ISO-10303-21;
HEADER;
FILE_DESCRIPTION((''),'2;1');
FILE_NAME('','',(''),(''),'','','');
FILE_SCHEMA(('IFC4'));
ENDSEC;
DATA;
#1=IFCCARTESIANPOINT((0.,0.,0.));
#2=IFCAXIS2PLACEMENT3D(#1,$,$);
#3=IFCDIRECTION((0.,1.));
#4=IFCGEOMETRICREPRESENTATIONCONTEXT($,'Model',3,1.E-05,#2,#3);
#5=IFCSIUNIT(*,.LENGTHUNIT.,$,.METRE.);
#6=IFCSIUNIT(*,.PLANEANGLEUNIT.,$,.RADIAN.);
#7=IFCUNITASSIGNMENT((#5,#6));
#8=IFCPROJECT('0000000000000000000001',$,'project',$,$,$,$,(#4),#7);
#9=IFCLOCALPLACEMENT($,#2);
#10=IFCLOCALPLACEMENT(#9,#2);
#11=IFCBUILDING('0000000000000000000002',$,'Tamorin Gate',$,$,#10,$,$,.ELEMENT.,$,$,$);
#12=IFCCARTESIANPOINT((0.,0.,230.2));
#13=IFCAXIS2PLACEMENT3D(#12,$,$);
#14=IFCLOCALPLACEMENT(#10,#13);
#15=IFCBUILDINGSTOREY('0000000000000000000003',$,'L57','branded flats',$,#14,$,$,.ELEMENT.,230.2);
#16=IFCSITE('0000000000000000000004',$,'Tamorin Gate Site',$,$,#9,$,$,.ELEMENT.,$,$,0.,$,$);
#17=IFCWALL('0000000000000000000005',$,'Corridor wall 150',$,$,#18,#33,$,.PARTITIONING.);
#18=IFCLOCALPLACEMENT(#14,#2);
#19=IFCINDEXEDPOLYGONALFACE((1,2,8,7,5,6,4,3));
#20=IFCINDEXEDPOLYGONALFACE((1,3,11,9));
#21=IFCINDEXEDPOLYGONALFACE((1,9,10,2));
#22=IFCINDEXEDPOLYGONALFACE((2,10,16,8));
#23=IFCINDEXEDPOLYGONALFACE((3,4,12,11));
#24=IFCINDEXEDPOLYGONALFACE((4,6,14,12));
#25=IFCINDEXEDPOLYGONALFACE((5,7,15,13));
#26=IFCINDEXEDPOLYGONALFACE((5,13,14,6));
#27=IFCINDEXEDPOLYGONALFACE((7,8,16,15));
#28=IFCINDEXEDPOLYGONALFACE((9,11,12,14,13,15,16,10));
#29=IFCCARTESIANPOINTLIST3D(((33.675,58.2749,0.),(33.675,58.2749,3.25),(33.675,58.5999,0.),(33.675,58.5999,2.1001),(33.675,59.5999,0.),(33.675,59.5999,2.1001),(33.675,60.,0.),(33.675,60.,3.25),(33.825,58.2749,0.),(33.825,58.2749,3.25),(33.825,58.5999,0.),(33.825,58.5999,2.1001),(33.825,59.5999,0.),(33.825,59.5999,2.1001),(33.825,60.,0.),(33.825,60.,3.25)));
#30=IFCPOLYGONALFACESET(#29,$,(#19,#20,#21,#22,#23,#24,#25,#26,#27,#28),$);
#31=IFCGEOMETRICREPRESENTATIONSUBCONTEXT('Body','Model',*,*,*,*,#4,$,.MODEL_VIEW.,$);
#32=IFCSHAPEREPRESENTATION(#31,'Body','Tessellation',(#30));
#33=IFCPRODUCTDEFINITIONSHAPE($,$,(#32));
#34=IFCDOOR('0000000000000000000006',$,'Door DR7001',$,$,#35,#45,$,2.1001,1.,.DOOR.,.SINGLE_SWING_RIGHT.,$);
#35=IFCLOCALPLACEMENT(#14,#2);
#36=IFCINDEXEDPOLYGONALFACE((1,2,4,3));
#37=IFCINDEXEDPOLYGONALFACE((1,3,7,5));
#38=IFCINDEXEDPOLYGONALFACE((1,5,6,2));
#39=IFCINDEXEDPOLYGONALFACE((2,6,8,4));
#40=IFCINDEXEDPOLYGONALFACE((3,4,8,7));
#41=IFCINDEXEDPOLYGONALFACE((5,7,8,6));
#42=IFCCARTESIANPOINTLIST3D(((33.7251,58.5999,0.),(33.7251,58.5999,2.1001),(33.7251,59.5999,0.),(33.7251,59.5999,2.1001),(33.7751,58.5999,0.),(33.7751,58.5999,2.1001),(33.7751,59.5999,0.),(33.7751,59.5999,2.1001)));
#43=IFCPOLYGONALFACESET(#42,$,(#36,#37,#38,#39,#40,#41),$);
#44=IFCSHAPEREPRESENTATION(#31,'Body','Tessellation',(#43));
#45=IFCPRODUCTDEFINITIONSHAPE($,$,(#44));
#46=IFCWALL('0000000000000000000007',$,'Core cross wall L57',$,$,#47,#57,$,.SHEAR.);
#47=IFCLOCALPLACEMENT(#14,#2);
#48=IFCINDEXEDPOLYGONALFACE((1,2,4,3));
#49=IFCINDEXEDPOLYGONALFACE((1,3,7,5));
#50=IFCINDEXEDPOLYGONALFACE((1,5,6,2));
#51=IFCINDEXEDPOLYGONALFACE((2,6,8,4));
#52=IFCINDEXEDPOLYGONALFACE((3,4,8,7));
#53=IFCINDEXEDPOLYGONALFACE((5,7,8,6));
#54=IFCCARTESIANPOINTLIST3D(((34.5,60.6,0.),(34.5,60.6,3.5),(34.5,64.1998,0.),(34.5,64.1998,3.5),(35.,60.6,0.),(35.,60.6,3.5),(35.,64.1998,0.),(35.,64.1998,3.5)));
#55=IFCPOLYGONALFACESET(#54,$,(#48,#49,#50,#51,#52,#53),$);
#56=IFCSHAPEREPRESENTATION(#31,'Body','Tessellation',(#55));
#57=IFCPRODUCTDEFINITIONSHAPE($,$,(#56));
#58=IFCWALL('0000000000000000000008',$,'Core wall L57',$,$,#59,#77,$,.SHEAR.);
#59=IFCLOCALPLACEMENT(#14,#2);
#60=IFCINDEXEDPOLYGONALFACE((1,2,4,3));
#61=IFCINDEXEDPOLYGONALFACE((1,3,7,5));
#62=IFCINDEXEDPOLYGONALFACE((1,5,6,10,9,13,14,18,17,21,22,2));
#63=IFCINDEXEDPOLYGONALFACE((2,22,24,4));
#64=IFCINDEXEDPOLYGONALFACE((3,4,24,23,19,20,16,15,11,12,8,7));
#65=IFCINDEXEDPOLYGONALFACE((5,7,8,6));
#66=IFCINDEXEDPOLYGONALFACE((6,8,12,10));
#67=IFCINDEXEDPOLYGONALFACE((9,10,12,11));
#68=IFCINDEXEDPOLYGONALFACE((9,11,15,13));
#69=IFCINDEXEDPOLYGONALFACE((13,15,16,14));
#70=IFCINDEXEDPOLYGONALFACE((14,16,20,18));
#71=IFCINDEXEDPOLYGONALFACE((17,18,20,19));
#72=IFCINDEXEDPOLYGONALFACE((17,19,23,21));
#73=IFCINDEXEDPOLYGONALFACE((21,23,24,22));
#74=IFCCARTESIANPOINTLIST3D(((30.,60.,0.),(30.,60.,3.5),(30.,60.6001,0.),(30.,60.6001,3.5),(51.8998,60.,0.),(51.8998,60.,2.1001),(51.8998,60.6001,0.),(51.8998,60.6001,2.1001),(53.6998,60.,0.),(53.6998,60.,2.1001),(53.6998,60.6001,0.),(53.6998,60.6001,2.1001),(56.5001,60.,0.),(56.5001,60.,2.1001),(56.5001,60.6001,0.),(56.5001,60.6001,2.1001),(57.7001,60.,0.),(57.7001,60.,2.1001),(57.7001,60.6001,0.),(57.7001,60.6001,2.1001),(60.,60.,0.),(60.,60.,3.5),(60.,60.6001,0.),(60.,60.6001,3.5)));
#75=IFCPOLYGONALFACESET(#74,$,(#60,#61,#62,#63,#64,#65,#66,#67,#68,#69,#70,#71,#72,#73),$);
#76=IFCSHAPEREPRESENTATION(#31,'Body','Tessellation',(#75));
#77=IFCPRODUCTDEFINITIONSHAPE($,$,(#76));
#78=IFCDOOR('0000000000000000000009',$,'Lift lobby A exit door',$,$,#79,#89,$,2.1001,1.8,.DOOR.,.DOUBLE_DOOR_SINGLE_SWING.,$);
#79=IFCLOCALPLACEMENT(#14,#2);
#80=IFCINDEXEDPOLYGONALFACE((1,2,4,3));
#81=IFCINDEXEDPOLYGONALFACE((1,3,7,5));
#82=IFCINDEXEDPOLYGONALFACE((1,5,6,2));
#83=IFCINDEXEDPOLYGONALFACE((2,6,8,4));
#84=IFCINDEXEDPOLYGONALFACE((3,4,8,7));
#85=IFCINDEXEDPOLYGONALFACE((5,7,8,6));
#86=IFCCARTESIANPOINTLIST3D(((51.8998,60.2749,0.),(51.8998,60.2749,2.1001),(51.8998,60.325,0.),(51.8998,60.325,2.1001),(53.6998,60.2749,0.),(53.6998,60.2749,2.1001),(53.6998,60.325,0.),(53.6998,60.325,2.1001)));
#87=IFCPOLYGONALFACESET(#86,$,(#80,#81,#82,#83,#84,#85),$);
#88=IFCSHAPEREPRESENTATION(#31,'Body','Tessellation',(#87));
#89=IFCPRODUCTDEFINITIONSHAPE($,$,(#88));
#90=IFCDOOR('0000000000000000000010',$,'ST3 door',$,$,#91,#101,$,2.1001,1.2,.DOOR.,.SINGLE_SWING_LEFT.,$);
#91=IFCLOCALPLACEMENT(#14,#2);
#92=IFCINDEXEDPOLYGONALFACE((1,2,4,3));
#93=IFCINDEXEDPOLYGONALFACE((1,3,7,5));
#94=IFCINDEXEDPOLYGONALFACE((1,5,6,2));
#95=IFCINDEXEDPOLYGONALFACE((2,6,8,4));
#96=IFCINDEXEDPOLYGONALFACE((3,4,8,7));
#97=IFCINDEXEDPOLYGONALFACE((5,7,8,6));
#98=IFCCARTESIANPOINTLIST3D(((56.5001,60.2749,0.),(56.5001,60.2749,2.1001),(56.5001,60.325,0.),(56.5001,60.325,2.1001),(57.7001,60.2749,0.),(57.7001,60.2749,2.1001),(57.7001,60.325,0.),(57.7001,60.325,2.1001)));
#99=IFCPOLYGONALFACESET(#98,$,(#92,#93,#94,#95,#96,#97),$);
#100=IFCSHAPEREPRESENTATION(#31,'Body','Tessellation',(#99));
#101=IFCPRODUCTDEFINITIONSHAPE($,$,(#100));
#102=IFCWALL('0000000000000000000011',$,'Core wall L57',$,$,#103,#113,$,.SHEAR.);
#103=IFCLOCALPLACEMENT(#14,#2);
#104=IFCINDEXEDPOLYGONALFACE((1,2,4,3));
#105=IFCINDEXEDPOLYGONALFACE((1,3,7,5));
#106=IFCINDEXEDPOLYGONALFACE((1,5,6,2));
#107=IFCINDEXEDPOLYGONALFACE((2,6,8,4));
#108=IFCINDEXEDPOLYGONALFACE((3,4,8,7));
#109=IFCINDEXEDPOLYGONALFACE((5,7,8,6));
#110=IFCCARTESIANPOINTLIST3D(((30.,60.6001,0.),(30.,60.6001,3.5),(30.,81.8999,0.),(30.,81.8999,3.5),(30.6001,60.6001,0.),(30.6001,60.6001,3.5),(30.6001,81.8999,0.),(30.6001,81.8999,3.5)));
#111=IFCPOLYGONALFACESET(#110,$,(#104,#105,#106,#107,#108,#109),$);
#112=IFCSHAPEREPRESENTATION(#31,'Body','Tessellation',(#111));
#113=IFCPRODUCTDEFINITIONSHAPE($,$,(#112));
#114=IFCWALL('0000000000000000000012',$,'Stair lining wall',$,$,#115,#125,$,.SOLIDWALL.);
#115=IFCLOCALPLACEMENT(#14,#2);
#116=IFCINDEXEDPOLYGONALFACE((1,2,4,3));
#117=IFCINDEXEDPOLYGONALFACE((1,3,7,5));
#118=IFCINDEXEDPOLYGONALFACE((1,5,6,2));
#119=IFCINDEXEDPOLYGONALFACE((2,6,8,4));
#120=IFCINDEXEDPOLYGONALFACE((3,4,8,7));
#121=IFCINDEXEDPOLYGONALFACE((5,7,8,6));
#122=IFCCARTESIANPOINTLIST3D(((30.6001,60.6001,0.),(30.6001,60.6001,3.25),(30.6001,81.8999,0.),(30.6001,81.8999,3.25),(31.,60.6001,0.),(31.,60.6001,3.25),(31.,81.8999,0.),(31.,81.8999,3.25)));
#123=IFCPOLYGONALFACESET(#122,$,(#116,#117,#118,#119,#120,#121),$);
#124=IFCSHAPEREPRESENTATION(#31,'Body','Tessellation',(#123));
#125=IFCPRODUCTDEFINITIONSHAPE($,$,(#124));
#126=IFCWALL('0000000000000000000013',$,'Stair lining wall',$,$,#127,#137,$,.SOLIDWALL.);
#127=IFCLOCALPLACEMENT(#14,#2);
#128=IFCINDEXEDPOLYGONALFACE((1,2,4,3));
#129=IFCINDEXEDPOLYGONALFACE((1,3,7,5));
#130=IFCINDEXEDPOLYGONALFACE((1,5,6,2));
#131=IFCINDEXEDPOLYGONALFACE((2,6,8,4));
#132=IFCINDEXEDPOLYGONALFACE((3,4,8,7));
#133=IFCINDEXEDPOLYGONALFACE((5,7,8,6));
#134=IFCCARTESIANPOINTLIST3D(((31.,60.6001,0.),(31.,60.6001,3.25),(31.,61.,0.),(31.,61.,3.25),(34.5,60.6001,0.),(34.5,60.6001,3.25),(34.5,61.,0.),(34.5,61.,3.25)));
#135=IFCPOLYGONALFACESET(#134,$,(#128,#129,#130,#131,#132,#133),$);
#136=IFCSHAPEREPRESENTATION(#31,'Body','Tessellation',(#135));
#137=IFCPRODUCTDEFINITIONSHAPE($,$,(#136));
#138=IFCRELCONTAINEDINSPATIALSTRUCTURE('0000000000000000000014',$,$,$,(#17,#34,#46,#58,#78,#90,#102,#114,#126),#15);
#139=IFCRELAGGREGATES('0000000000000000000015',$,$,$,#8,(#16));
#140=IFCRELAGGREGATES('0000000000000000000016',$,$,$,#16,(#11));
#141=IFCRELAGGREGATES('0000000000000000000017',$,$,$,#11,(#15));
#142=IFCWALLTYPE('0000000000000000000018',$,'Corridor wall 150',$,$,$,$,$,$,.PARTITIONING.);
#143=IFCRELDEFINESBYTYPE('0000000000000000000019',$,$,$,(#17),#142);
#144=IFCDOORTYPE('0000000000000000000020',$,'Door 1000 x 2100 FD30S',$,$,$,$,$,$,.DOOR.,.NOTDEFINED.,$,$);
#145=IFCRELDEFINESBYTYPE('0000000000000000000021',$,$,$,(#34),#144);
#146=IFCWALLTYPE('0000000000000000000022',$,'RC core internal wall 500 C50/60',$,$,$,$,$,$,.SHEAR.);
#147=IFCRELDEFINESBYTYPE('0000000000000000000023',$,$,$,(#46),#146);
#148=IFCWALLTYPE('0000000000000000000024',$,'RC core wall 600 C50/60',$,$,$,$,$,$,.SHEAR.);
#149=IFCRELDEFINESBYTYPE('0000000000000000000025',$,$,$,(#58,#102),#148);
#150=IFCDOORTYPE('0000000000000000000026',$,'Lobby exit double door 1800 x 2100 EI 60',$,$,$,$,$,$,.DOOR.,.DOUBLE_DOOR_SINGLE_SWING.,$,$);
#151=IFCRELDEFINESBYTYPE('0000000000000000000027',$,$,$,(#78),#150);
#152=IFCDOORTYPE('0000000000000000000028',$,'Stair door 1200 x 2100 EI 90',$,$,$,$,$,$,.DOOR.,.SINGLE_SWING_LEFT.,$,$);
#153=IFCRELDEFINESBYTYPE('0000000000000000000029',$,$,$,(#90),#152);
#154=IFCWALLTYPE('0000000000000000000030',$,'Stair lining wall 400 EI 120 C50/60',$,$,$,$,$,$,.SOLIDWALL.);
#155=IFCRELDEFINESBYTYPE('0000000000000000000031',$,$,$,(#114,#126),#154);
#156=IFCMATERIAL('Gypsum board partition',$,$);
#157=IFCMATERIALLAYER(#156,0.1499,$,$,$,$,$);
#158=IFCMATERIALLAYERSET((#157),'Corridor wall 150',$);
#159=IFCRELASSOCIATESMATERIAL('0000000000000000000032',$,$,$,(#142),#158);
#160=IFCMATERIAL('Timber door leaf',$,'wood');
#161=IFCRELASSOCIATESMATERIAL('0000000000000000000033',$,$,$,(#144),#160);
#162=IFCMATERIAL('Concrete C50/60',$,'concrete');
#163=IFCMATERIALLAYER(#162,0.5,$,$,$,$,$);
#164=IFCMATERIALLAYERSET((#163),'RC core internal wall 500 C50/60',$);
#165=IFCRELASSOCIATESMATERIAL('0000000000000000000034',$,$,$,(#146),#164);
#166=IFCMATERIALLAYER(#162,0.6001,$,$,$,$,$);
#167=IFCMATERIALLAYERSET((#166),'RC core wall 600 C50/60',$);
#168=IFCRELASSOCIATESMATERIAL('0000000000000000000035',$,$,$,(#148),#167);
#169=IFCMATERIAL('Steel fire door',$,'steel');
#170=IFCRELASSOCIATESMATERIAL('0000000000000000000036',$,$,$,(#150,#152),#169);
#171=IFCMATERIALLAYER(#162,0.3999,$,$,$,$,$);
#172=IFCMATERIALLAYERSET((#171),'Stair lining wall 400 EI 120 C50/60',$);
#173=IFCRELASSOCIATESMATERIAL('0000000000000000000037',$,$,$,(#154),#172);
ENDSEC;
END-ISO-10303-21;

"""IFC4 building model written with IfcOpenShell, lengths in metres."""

from ifc_helpers import new_model, si_unit, direction, frame, frame_2d, origin, place, context, subcontext, project, spatial, rectangle, extrude, material, layer, layer_set, type_object, element, fill, save


model = new_model("IFC4")

# Units and contexts
model_context = context("Model", 3, precision=1e-05, world=origin(), true_north=direction((0.0, 1.0)))
body_context = subcontext(model_context, "Body", "Model", "MODEL_VIEW")
ifc_project = project(units=[si_unit("LENGTHUNIT", "METRE"), si_unit("PLANEANGLEUNIT", "RADIAN")], contexts=[model_context])

# Site, building, storey
site_placement = place(None, origin())
site = spatial("IfcSite", under=ifc_project, at=site_placement, Name="Tamorin Gate Site", CompositionType="ELEMENT", RefElevation=0.0)
building_placement = place(site_placement, origin())
building = spatial("IfcBuilding", under=site, at=building_placement, Name="Tamorin Gate", CompositionType="ELEMENT")
storey_placement = place(building_placement, frame((0.0, 0.0, 230.2)))
storey = spatial("IfcBuildingStorey", under=building, at=storey_placement, Name="L57", Description="branded flats", CompositionType="ELEMENT", Elevation=230.2)

# Shared definitions
ifc_material_1 = material(Name="Gypsum board partition")
ifc_layer_1 = layer(ifc_material_1, 0.1499)
ifc_layer_set_1 = layer_set([ifc_layer_1], Name="Corridor wall 150")
wall_type_1 = type_object("IfcWallType", Name="Corridor wall 150", PredefinedType="PARTITIONING", material=ifc_layer_set_1)
ifc_material_2 = material(Name="Timber door leaf", Category="wood")
door_type_1 = type_object("IfcDoorType", Name="Door 1000 x 2100 FD30S", OperationType="NOTDEFINED", PredefinedType="DOOR", material=ifc_material_2)

# Wall, opening, door
wall_1_placement = place(storey_placement, frame((33.75, 58.2749, 0.0), z_axis=(0.0, 0.0, 1.0), x_axis=(0.0, 1.0, 0.0)))
wall_1 = element("IfcWall", 1, at=wall_1_placement, inside=storey, type_object=wall_type_1, Name="Corridor wall 150", PredefinedType="PARTITIONING", context=body_context, shape_type="SweptSolid", body=[
    extrude(rectangle(XDim=1.7251, YDim=0.1499, at=frame_2d((0.8625, 0.0))), origin(), (0.0, 0.0, 1.0), 3.25),
])
opening_1_placement = place(wall_1_placement, frame((0.325, 0.0, 0.0)))
opening_1 = element("IfcOpeningElement", 2, at=opening_1_placement, cuts=wall_1, PredefinedType="OPENING", context=body_context, shape_type="SweptSolid", body=[
    extrude(rectangle(XDim=1.0, YDim=2.1001, at=frame_2d((0.5, 1.05))), frame((0.0, 0.085, 0.0), z_axis=(0.0, -1.0, 0.0), x_axis=(1.0, 0.0, 0.0)), (0.0, 0.0, 1.0), 0.1699),
])
door_1_placement = place(opening_1_placement, origin())
door_1 = element("IfcDoor", 3, at=door_1_placement, inside=storey, type_object=door_type_1, Name="Door DR7001", OperationType="SINGLE_SWING_RIGHT", OverallHeight=2.1001, OverallWidth=1.0, PredefinedType="DOOR", context=body_context, shape_type="SweptSolid", body=[
    extrude(rectangle(XDim=1.0, YDim=2.1001, at=frame_2d((0.5, 1.05))), frame((0.0, 0.0249, 0.0), z_axis=(0.0, -1.0, 0.0), x_axis=(1.0, 0.0, 0.0)), (0.0, 0.0, 1.0), 0.05),
])
fill(opening_1, door_1)

# Wall
ifc_material_3 = material(Name="Concrete C50/60", Category="concrete")
ifc_layer_2 = layer(ifc_material_3, 0.5)
ifc_layer_set_2 = layer_set([ifc_layer_2], Name="RC core internal wall 500 C50/60")
wall_type_2 = type_object("IfcWallType", Name="RC core internal wall 500 C50/60", PredefinedType="SHEAR", material=ifc_layer_set_2)
wall_2_placement = place(storey_placement, frame((34.75, 60.6001, 0.0), z_axis=(0.0, 0.0, 1.0), x_axis=(0.0, 1.0, 0.0)))
element("IfcWall", 4, at=wall_2_placement, inside=storey, type_object=wall_type_2, Name="Core cross wall L57", PredefinedType="SHEAR", context=body_context, shape_type="SweptSolid", body=[
    extrude(rectangle(XDim=3.5999, YDim=0.5, at=frame_2d((1.7998, 0.0))), origin(), (0.0, 0.0, 1.0), 3.5),
])

# Wall, openings, doors
ifc_layer_3 = layer(ifc_material_3, 0.6001)
ifc_layer_set_3 = layer_set([ifc_layer_3], Name="RC core wall 600 C50/60")
wall_type_3 = type_object("IfcWallType", Name="RC core wall 600 C50/60", PredefinedType="SHEAR", material=ifc_layer_set_3)
wall_3_placement = place(storey_placement, frame((30.0, 60.3, 0.0), z_axis=(0.0, 0.0, 1.0), x_axis=(1.0, 0.0, 0.0)))
wall_3 = element("IfcWall", 5, at=wall_3_placement, inside=storey, type_object=wall_type_3, Name="Core wall L57", PredefinedType="SHEAR", context=body_context, shape_type="SweptSolid", body=[
    extrude(rectangle(XDim=30.0, YDim=0.6001, at=frame_2d((15.0, 0.0))), origin(), (0.0, 0.0, 1.0), 3.5),
])
opening_2_placement = place(wall_3_placement, frame((21.8999, 0.0, 0.0)))
opening_2 = element("IfcOpeningElement", 6, at=opening_2_placement, cuts=wall_3, PredefinedType="OPENING", context=body_context, shape_type="SweptSolid", body=[
    extrude(rectangle(XDim=1.8, YDim=2.1001, at=frame_2d((0.8999, 1.05))), frame((0.0, 0.3101, 0.0), z_axis=(0.0, -1.0, 0.0), x_axis=(1.0, 0.0, 0.0)), (0.0, 0.0, 1.0), 0.6201),
])
opening_3_placement = place(wall_3_placement, frame((26.5, 0.0, 0.0)))
opening_3 = element("IfcOpeningElement", 7, at=opening_3_placement, cuts=wall_3, PredefinedType="OPENING", context=body_context, shape_type="SweptSolid", body=[
    extrude(rectangle(XDim=1.2, YDim=2.1001, at=frame_2d((0.6001, 1.05))), frame((0.0, 0.3101, 0.0), z_axis=(0.0, -1.0, 0.0), x_axis=(1.0, 0.0, 0.0)), (0.0, 0.0, 1.0), 0.6201),
])
ifc_material_4 = material(Name="Steel fire door", Category="steel")
door_type_2 = type_object("IfcDoorType", Name="Lobby exit double door 1800 x 2100 EI 60", OperationType="DOUBLE_DOOR_SINGLE_SWING", PredefinedType="DOOR", material=ifc_material_4)
door_2_placement = place(opening_2_placement, origin())
door_2 = element("IfcDoor", 8, at=door_2_placement, inside=storey, type_object=door_type_2, Name="Lift lobby A exit door", OperationType="DOUBLE_DOOR_SINGLE_SWING", OverallHeight=2.1001, OverallWidth=1.8, PredefinedType="DOOR", context=body_context, shape_type="SweptSolid", body=[
    extrude(rectangle(XDim=1.8, YDim=2.1001, at=frame_2d((0.8999, 1.05))), frame((0.0, 0.0249, 0.0), z_axis=(0.0, -1.0, 0.0), x_axis=(1.0, 0.0, 0.0)), (0.0, 0.0, 1.0), 0.05),
])
fill(opening_2, door_2)
door_type_3 = type_object("IfcDoorType", Name="Stair door 1200 x 2100 EI 90", OperationType="SINGLE_SWING_LEFT", PredefinedType="DOOR", material=ifc_material_4)
door_3_placement = place(opening_3_placement, origin())
door_3 = element("IfcDoor", 9, at=door_3_placement, inside=storey, type_object=door_type_3, Name="ST3 door", OperationType="SINGLE_SWING_LEFT", OverallHeight=2.1001, OverallWidth=1.2, PredefinedType="DOOR", context=body_context, shape_type="SweptSolid", body=[
    extrude(rectangle(XDim=1.2, YDim=2.1001, at=frame_2d((0.6001, 1.05))), frame((0.0, 0.0249, 0.0), z_axis=(0.0, -1.0, 0.0), x_axis=(1.0, 0.0, 0.0)), (0.0, 0.0, 1.0), 0.05),
])
fill(opening_3, door_3)

# Walls
wall_4_placement = place(storey_placement, frame((30.3, 60.6001, 0.0), z_axis=(0.0, 0.0, 1.0), x_axis=(0.0, 1.0, 0.0)))
element("IfcWall", 10, at=wall_4_placement, inside=storey, type_object=wall_type_3, Name="Core wall L57", PredefinedType="SHEAR", context=body_context, shape_type="SweptSolid", body=[
    extrude(rectangle(XDim=21.2998, YDim=0.6001, at=frame_2d((10.6499, 0.0))), origin(), (0.0, 0.0, 1.0), 3.5),
])
ifc_layer_4 = layer(ifc_material_3, 0.3999)
ifc_layer_set_4 = layer_set([ifc_layer_4], Name="Stair lining wall 400 EI 120 C50/60")
wall_type_4 = type_object("IfcWallType", Name="Stair lining wall 400 EI 120 C50/60", PredefinedType="SOLIDWALL", material=ifc_layer_set_4)
wall_5_placement = place(storey_placement, frame((30.8, 60.6001, 0.0), z_axis=(0.0, 0.0, 1.0), x_axis=(0.0, 1.0, 0.0)))
element("IfcWall", 11, at=wall_5_placement, inside=storey, type_object=wall_type_4, Name="Stair lining wall", PredefinedType="SOLIDWALL", context=body_context, shape_type="SweptSolid", body=[
    extrude(rectangle(XDim=21.2998, YDim=0.3999, at=frame_2d((10.6499, 0.0))), origin(), (0.0, 0.0, 1.0), 3.25),
])
wall_6_placement = place(storey_placement, frame((31.0, 60.8, 0.0), z_axis=(0.0, 0.0, 1.0), x_axis=(1.0, 0.0, 0.0)))
element("IfcWall", 12, at=wall_6_placement, inside=storey, type_object=wall_type_4, Name="Stair lining wall", PredefinedType="SOLIDWALL", context=body_context, shape_type="SweptSolid", body=[
    extrude(rectangle(XDim=3.5, YDim=0.3999, at=frame_2d((1.75, 0.0))), origin(), (0.0, 0.0, 1.0), 3.25),
])

save(model, "model.ifc")
